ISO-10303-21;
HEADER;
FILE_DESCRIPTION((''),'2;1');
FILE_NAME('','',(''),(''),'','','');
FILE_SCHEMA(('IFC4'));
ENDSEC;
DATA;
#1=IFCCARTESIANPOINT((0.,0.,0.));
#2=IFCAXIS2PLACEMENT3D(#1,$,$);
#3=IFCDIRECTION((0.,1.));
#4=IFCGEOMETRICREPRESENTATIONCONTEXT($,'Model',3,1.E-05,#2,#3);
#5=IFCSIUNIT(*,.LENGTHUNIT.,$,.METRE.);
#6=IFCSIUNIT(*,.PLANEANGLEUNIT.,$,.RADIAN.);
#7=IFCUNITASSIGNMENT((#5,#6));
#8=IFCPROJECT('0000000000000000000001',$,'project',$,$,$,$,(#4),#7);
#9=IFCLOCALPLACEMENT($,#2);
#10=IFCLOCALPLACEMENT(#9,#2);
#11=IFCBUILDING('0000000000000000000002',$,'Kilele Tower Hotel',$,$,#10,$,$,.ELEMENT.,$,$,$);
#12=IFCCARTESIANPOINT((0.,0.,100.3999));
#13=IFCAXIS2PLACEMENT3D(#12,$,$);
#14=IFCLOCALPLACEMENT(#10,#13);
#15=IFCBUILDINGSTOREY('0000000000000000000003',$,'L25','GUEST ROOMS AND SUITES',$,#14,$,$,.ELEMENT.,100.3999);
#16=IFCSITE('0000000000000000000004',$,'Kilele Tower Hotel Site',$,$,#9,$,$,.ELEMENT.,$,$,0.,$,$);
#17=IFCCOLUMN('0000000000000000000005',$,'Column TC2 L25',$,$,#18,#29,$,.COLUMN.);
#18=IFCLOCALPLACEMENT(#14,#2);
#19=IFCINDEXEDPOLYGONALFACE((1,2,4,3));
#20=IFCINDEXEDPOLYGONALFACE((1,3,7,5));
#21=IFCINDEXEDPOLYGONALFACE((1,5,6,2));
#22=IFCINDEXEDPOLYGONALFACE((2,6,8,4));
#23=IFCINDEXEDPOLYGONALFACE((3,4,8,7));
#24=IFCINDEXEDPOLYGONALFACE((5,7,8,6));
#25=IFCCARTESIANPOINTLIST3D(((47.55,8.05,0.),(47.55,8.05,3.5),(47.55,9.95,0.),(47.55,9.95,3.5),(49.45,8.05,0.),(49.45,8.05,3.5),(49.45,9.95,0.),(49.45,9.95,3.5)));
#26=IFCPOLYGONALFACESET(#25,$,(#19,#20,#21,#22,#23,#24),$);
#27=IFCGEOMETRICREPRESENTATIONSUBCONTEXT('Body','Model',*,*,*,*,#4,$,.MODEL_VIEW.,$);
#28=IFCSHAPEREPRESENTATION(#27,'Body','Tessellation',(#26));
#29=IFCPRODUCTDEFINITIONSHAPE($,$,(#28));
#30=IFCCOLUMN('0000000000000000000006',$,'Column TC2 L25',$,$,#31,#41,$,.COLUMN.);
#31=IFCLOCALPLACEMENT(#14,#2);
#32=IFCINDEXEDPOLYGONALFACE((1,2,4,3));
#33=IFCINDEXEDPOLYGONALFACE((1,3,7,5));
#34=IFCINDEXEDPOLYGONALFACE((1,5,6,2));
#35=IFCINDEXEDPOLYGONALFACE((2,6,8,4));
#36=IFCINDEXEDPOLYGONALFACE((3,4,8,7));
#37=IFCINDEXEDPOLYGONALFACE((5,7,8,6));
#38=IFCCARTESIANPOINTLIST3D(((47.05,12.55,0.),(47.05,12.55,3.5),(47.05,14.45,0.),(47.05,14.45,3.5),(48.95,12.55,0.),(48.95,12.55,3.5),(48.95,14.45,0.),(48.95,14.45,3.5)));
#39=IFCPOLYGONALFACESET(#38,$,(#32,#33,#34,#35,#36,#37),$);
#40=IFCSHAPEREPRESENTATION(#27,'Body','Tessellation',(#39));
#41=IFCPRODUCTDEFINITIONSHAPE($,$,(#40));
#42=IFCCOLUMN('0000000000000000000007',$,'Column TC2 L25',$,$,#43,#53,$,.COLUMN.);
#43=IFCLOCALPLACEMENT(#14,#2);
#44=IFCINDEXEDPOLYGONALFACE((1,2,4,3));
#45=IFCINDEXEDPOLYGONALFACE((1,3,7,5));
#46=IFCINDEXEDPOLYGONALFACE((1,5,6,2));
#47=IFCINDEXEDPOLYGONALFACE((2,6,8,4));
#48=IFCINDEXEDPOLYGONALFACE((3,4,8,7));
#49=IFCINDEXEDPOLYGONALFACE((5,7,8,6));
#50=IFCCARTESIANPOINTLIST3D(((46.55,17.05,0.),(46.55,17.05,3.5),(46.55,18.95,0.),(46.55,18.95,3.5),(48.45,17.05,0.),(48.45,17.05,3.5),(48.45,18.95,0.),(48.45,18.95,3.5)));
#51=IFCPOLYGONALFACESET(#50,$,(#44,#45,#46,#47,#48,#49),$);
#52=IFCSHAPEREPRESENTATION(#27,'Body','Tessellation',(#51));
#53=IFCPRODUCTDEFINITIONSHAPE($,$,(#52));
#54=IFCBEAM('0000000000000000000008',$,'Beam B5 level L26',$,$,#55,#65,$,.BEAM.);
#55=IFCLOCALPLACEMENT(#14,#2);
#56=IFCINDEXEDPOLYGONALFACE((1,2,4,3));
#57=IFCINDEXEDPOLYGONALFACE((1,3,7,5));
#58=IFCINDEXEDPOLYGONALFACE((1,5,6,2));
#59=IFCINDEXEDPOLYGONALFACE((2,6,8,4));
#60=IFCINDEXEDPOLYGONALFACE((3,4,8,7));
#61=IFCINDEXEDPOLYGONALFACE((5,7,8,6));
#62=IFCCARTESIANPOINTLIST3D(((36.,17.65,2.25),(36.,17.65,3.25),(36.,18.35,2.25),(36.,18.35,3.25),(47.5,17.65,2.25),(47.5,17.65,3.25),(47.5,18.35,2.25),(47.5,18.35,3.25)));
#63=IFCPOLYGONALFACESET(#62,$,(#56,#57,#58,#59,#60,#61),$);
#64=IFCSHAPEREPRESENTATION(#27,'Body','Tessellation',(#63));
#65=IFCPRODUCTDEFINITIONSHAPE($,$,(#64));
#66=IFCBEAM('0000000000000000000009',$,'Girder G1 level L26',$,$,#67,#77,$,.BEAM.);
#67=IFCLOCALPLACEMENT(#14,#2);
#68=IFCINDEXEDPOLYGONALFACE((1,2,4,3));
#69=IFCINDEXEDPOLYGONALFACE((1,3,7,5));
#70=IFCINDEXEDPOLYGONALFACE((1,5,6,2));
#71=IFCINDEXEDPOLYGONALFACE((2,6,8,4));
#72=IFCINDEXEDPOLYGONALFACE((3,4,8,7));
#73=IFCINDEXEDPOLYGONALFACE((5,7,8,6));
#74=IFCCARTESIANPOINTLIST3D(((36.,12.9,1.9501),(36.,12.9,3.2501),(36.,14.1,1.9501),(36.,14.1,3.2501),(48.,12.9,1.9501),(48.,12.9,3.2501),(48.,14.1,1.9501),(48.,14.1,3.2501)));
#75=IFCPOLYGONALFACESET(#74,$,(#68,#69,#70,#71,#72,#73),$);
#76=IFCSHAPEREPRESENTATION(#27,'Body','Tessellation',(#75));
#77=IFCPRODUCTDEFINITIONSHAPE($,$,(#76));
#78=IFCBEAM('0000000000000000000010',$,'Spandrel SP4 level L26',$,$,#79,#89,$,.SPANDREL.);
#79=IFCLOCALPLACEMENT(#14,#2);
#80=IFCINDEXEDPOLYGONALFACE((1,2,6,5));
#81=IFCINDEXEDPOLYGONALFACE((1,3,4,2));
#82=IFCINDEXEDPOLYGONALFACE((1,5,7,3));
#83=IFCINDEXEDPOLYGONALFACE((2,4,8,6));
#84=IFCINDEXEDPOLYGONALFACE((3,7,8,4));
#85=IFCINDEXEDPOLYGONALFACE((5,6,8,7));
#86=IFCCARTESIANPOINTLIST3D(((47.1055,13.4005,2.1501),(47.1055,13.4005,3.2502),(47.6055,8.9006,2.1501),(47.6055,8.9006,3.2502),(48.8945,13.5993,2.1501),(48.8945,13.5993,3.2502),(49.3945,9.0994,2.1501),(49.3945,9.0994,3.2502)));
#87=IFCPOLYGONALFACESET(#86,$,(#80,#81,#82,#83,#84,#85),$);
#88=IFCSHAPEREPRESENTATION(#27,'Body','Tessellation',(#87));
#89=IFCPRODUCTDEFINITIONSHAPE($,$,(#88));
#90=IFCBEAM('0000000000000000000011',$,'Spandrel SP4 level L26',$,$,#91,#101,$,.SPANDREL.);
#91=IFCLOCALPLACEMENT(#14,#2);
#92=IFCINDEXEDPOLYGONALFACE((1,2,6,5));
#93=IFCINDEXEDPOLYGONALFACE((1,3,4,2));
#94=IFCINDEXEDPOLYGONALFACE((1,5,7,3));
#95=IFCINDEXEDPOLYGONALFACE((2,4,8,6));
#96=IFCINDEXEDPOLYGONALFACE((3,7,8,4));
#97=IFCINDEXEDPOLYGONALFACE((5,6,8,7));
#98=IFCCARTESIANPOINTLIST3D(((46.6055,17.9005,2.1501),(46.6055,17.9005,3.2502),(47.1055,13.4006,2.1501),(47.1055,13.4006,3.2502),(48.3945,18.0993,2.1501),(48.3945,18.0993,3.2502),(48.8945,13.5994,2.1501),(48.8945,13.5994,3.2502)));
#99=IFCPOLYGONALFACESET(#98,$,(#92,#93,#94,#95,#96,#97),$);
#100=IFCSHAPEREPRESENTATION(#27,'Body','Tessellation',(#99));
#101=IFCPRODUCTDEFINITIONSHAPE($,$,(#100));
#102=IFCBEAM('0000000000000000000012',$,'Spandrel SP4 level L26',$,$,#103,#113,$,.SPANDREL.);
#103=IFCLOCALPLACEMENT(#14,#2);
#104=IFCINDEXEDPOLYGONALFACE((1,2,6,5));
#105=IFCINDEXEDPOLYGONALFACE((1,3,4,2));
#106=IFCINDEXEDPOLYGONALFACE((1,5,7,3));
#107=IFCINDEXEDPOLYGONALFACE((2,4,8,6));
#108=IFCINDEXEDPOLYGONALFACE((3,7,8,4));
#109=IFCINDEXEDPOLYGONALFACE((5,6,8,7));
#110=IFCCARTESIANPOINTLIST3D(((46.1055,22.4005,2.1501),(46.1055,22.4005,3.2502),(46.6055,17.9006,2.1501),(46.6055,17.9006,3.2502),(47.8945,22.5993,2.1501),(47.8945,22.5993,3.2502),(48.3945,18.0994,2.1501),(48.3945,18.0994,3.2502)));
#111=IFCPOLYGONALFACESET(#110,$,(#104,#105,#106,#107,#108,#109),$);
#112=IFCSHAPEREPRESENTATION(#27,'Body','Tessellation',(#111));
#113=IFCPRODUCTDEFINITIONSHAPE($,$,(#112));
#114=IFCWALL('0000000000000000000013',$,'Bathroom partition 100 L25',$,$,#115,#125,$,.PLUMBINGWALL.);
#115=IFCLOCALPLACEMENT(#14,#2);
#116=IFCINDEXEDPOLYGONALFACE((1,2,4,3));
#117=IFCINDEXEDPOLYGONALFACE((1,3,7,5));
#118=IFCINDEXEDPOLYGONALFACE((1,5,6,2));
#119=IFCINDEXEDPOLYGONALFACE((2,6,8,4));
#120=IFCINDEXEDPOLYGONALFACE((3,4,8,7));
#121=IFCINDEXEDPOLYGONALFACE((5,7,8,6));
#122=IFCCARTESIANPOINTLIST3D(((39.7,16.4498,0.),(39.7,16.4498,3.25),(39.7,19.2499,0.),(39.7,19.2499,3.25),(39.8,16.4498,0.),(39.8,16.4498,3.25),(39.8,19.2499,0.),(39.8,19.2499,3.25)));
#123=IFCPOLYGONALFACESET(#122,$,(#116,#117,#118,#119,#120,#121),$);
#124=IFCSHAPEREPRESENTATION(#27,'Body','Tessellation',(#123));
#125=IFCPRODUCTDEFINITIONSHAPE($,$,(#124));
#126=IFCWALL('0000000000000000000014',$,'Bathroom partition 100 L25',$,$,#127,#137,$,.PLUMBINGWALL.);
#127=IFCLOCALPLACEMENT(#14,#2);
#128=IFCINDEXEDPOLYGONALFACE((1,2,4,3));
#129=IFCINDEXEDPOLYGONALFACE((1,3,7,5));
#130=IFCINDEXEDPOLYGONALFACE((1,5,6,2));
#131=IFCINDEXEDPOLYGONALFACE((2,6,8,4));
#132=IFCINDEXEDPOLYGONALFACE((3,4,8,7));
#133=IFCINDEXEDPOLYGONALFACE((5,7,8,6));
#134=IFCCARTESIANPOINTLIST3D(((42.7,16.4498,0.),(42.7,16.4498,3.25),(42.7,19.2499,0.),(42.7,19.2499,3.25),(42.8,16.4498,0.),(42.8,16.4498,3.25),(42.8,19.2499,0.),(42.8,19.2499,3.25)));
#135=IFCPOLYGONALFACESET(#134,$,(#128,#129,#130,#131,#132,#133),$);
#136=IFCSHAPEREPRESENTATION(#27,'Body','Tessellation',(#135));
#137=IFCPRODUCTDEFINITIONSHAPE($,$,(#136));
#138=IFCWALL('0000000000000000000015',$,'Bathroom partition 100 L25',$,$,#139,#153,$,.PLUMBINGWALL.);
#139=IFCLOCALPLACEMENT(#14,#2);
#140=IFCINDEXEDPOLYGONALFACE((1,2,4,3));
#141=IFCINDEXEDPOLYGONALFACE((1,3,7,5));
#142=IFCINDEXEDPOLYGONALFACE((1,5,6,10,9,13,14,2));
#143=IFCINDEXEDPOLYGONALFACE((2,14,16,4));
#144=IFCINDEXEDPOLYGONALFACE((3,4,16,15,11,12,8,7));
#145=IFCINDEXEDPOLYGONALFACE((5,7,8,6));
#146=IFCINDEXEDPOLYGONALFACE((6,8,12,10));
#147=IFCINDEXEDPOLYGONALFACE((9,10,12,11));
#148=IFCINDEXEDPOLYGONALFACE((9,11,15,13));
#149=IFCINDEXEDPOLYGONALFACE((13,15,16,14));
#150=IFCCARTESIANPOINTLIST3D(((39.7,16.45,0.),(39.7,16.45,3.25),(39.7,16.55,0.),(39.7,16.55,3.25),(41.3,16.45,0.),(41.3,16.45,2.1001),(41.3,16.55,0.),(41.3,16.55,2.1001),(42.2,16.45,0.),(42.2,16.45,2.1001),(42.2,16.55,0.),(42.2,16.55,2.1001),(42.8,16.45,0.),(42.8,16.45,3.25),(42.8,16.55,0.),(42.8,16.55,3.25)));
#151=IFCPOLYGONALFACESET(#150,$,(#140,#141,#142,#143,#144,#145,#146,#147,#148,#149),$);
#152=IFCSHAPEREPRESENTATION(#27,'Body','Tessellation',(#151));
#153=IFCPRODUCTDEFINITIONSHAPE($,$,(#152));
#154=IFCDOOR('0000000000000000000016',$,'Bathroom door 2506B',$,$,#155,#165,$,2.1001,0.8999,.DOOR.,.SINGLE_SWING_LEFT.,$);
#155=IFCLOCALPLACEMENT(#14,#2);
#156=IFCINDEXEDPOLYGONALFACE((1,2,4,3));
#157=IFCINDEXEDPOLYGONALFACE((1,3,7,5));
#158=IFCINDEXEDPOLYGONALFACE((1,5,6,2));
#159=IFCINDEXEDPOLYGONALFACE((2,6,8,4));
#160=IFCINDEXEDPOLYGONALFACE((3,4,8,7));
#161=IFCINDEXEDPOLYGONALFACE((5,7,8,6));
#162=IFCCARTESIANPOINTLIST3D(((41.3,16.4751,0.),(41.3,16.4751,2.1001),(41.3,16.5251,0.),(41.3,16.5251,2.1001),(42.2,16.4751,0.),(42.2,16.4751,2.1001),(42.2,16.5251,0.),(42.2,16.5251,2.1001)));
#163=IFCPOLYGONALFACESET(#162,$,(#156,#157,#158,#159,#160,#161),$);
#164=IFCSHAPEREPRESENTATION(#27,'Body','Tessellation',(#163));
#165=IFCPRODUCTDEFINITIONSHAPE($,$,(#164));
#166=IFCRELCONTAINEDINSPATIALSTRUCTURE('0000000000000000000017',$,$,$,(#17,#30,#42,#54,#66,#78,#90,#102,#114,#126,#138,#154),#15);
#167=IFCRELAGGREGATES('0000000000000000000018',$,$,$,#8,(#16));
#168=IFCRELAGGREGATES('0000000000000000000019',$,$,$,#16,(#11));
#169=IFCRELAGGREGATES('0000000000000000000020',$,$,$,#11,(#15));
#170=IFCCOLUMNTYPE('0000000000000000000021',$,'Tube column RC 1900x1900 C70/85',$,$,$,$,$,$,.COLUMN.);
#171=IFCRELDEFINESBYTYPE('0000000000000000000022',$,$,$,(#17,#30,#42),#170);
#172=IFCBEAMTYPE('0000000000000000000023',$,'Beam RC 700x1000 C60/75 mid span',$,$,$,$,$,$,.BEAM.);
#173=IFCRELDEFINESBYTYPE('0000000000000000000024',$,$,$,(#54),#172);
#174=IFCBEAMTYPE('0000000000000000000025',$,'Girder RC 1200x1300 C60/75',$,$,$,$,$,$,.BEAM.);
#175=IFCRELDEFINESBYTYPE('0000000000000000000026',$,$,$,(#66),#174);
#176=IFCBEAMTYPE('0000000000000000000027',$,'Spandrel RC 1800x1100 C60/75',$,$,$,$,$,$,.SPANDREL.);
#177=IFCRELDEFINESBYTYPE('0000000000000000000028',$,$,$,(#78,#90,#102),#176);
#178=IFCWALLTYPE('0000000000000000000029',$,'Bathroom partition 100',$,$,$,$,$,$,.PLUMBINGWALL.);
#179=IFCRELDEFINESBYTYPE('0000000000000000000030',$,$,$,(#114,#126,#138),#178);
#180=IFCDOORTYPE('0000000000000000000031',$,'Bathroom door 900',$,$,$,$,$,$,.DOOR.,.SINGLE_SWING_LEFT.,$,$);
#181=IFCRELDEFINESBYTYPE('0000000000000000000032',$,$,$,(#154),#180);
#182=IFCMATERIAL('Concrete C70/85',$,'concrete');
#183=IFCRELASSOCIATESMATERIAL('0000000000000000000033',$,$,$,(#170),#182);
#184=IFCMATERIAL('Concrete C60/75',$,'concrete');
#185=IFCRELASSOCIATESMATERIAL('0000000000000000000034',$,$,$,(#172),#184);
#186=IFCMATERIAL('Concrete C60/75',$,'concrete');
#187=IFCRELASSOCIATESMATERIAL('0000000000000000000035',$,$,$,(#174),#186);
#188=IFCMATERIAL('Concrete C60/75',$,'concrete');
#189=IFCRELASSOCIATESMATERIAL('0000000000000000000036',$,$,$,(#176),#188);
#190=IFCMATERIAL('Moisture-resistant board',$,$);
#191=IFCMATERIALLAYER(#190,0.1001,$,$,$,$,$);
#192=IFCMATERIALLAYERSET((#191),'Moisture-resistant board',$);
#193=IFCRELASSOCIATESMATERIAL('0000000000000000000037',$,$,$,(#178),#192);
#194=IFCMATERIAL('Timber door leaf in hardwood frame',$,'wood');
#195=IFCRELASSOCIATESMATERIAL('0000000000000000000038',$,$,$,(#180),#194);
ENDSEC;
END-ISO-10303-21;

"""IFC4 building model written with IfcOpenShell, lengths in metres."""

from ifc_helpers import new_model, si_unit, direction, frame, frame_2d, origin, origin_2d, place, context, subcontext, project, spatial, rectangle, extrude, material, layer, layer_set, material_profile, profile_set, type_object, element, fill, save


model = new_model("IFC4")

# Units and contexts
model_context = context("Model", 3, precision=1e-05, world=origin(), true_north=direction((0.0, 1.0)))
body_context = subcontext(model_context, "Body", "Model", "MODEL_VIEW")
ifc_project = project(units=[si_unit("LENGTHUNIT", "METRE"), si_unit("PLANEANGLEUNIT", "RADIAN")], contexts=[model_context])

# Site, building, storey
site_placement = place(None, origin())
site = spatial("IfcSite", under=ifc_project, at=site_placement, Name="Kilele Tower Hotel Site", CompositionType="ELEMENT", RefElevation=0.0)
building_placement = place(site_placement, origin())
building = spatial("IfcBuilding", under=site, at=building_placement, Name="Kilele Tower Hotel", CompositionType="ELEMENT")
storey_placement = place(building_placement, frame((0.0, 0.0, 100.3999)))
storey = spatial("IfcBuildingStorey", under=building, at=storey_placement, Name="L25", Description="GUEST ROOMS AND SUITES", CompositionType="ELEMENT", Elevation=100.3999)

# Columns
ifc_material_1 = material(Name="Concrete C70/85", Category="concrete")
ifc_material_profile_1 = material_profile(ifc_material_1, rectangle(XDim=1.8999, YDim=1.8999, at=origin_2d()))
ifc_profile_set_1 = profile_set([ifc_material_profile_1], Name="Concrete C70/85")
column_type = type_object("IfcColumnType", Name="Tube column RC 1900x1900 C70/85", PredefinedType="COLUMN", material=ifc_profile_set_1)
for number, where, z_axis, x_axis, name in (
    (1, (48.5, 9.0, 0.0), (0.0, 0.0, 1.0), (1.0, 0.0, 0.0), "Column TC2 L25"),
    (2, (48.0, 13.5, 0.0), (0.0, 0.0, 1.0), (1.0, 0.0, 0.0), "Column TC2 L25"),
    (3, (47.5, 18.0, 0.0), (0.0, 0.0, 1.0), (1.0, 0.0, 0.0), "Column TC2 L25"),
):
    element("IfcColumn", number, at=place(storey_placement, frame(where, z_axis=z_axis, x_axis=x_axis)), inside=storey, type_object=column_type, Name=name, PredefinedType="COLUMN", context=body_context, shape_type="SweptSolid", body=[
        extrude(rectangle(XDim=1.8999, YDim=1.8999, at=origin_2d()), origin(), (0.0, 0.0, 1.0), 3.5),
    ])

# Beams
ifc_material_2 = material(Name="Concrete C60/75", Category="concrete")
ifc_material_profile_2 = material_profile(ifc_material_2, rectangle(XDim=0.7, YDim=1.0, at=origin_2d()))
ifc_profile_set_2 = profile_set([ifc_material_profile_2], Name="Concrete C60/75")
beam_type_1 = type_object("IfcBeamType", Name="Beam RC 700x1000 C60/75 mid span", PredefinedType="BEAM", material=ifc_profile_set_2)
beam_1_placement = place(storey_placement, frame((47.5, 18.0, 2.75), z_axis=(-1.0, 0.0, 0.0), x_axis=(0.0, -1.0, 0.0)))
element("IfcBeam", 4, at=beam_1_placement, inside=storey, type_object=beam_type_1, Name="Beam B5 level L26", PredefinedType="BEAM", context=body_context, shape_type="SweptSolid", body=[
    extrude(rectangle(XDim=0.7, YDim=1.0, at=origin_2d()), origin(), (0.0, 0.0, 1.0), 11.5),
])
ifc_material_3 = material(Name="Concrete C60/75", Category="concrete")
ifc_material_profile_3 = material_profile(ifc_material_3, rectangle(XDim=1.2, YDim=1.3, at=origin_2d()))
ifc_profile_set_3 = profile_set([ifc_material_profile_3], Name="Concrete C60/75")
beam_type_2 = type_object("IfcBeamType", Name="Girder RC 1200x1300 C60/75", PredefinedType="BEAM", material=ifc_profile_set_3)
beam_2_placement = place(storey_placement, frame((48.0, 13.5, 2.6001), z_axis=(-1.0, 0.0, 0.0), x_axis=(0.0, -1.0, 0.0)))
element("IfcBeam", 5, at=beam_2_placement, inside=storey, type_object=beam_type_2, Name="Girder G1 level L26", PredefinedType="BEAM", context=body_context, shape_type="SweptSolid", body=[
    extrude(rectangle(XDim=1.2, YDim=1.3, at=origin_2d()), origin(), (0.0, 0.0, 1.0), 12.0),
])
ifc_material_4 = material(Name="Concrete C60/75", Category="concrete")
ifc_material_profile_4 = material_profile(ifc_material_4, rectangle(XDim=1.8, YDim=1.1001, at=origin_2d()))
ifc_profile_set_4 = profile_set([ifc_material_profile_4], Name="Concrete C60/75")
beam_type_3 = type_object("IfcBeamType", Name="Spandrel RC 1800x1100 C60/75", PredefinedType="SPANDREL", material=ifc_profile_set_4)
for number, where, z_axis, x_axis, name in (
    (6, (48.5, 9.0, 2.7002), (-0.110432, 0.993884, 0.0), (-0.993884, -0.110432, 0.0), "Spandrel SP4 level L26"),
    (7, (48.0, 13.5, 2.7002), (-0.110432, 0.993884, 0.0), (-0.993884, -0.110432, 0.0), "Spandrel SP4 level L26"),
    (8, (47.5, 18.0, 2.7002), (-0.110432, 0.993884, 0.0), (-0.993884, -0.110432, 0.0), "Spandrel SP4 level L26"),
):
    element("IfcBeam", number, at=place(storey_placement, frame(where, z_axis=z_axis, x_axis=x_axis)), inside=storey, type_object=beam_type_3, Name=name, PredefinedType="SPANDREL", context=body_context, shape_type="SweptSolid", body=[
        extrude(rectangle(XDim=1.8, YDim=1.1001, at=origin_2d()), origin(), (0.0, 0.0, 1.0), 4.5276),
    ])

# Walls
ifc_material_5 = material(Name="Moisture-resistant board")
ifc_layer_1 = layer(ifc_material_5, 0.1001)
ifc_layer_set_1 = layer_set([ifc_layer_1], Name="Moisture-resistant board")
wall_type_1 = type_object("IfcWallType", Name="Bathroom partition 100", PredefinedType="PLUMBINGWALL", material=ifc_layer_set_1)
for number, where, z_axis, x_axis, name in (
    (9, (39.75, 16.45, 0.0), (0.0, 0.0, 1.0), (0.0, 1.0, 0.0), "Bathroom partition 100 L25"),
    (10, (42.75, 16.45, 0.0), (0.0, 0.0, 1.0), (0.0, 1.0, 0.0), "Bathroom partition 100 L25"),
):
    element("IfcWall", number, at=place(storey_placement, frame(where, z_axis=z_axis, x_axis=x_axis)), inside=storey, type_object=wall_type_1, Name=name, PredefinedType="PLUMBINGWALL", context=body_context, shape_type="SweptSolid", body=[
        extrude(rectangle(XDim=2.8, YDim=0.1001, at=frame_2d((1.3999, 0.0))), origin(), (0.0, 0.0, 1.0), 3.25),
    ])

# Wall, opening, door
wall_1_placement = place(storey_placement, frame((39.7, 16.5, 0.0), z_axis=(0.0, 0.0, 1.0), x_axis=(1.0, 0.0, 0.0)))
wall_1 = element("IfcWall", 11, at=wall_1_placement, inside=storey, type_object=wall_type_1, Name="Bathroom partition 100 L25", PredefinedType="PLUMBINGWALL", context=body_context, shape_type="SweptSolid", body=[
    extrude(rectangle(XDim=3.1001, YDim=0.1001, at=frame_2d((1.55, 0.0))), origin(), (0.0, 0.0, 1.0), 3.25),
])
opening_1_placement = place(wall_1_placement, frame((2.5, 0.0, 0.0), z_axis=(0.0, 0.0, 1.0), x_axis=(-1.0, 0.0, 0.0)))
opening_1 = element("IfcOpeningElement", 12, at=opening_1_placement, cuts=wall_1, PredefinedType="OPENING", context=body_context, shape_type="SweptSolid", body=[
    extrude(rectangle(XDim=0.8999, YDim=2.1001, at=frame_2d((0.45, 1.05))), frame((0.0, 0.0601, 0.0), z_axis=(0.0, -1.0, 0.0), x_axis=(1.0, 0.0, 0.0)), (0.0, 0.0, 1.0), 0.1201),
])
ifc_material_6 = material(Name="Timber door leaf in hardwood frame", Category="wood")
door_type_1 = type_object("IfcDoorType", Name="Bathroom door 900", OperationType="SINGLE_SWING_LEFT", PredefinedType="DOOR", material=ifc_material_6)
door_1_placement = place(opening_1_placement, origin())
door_1 = element("IfcDoor", 13, at=door_1_placement, inside=storey, type_object=door_type_1, Name="Bathroom door 2506B", OperationType="SINGLE_SWING_LEFT", OverallHeight=2.1001, OverallWidth=0.8999, PredefinedType="DOOR", context=body_context, shape_type="SweptSolid", body=[
    extrude(rectangle(XDim=0.8999, YDim=2.1001, at=frame_2d((0.45, 1.05))), frame((0.0, 0.0249, 0.0), z_axis=(0.0, -1.0, 0.0), x_axis=(1.0, 0.0, 0.0)), (0.0, 0.0, 1.0), 0.05),
])
fill(opening_1, door_1)

save(model, "model.ifc")
